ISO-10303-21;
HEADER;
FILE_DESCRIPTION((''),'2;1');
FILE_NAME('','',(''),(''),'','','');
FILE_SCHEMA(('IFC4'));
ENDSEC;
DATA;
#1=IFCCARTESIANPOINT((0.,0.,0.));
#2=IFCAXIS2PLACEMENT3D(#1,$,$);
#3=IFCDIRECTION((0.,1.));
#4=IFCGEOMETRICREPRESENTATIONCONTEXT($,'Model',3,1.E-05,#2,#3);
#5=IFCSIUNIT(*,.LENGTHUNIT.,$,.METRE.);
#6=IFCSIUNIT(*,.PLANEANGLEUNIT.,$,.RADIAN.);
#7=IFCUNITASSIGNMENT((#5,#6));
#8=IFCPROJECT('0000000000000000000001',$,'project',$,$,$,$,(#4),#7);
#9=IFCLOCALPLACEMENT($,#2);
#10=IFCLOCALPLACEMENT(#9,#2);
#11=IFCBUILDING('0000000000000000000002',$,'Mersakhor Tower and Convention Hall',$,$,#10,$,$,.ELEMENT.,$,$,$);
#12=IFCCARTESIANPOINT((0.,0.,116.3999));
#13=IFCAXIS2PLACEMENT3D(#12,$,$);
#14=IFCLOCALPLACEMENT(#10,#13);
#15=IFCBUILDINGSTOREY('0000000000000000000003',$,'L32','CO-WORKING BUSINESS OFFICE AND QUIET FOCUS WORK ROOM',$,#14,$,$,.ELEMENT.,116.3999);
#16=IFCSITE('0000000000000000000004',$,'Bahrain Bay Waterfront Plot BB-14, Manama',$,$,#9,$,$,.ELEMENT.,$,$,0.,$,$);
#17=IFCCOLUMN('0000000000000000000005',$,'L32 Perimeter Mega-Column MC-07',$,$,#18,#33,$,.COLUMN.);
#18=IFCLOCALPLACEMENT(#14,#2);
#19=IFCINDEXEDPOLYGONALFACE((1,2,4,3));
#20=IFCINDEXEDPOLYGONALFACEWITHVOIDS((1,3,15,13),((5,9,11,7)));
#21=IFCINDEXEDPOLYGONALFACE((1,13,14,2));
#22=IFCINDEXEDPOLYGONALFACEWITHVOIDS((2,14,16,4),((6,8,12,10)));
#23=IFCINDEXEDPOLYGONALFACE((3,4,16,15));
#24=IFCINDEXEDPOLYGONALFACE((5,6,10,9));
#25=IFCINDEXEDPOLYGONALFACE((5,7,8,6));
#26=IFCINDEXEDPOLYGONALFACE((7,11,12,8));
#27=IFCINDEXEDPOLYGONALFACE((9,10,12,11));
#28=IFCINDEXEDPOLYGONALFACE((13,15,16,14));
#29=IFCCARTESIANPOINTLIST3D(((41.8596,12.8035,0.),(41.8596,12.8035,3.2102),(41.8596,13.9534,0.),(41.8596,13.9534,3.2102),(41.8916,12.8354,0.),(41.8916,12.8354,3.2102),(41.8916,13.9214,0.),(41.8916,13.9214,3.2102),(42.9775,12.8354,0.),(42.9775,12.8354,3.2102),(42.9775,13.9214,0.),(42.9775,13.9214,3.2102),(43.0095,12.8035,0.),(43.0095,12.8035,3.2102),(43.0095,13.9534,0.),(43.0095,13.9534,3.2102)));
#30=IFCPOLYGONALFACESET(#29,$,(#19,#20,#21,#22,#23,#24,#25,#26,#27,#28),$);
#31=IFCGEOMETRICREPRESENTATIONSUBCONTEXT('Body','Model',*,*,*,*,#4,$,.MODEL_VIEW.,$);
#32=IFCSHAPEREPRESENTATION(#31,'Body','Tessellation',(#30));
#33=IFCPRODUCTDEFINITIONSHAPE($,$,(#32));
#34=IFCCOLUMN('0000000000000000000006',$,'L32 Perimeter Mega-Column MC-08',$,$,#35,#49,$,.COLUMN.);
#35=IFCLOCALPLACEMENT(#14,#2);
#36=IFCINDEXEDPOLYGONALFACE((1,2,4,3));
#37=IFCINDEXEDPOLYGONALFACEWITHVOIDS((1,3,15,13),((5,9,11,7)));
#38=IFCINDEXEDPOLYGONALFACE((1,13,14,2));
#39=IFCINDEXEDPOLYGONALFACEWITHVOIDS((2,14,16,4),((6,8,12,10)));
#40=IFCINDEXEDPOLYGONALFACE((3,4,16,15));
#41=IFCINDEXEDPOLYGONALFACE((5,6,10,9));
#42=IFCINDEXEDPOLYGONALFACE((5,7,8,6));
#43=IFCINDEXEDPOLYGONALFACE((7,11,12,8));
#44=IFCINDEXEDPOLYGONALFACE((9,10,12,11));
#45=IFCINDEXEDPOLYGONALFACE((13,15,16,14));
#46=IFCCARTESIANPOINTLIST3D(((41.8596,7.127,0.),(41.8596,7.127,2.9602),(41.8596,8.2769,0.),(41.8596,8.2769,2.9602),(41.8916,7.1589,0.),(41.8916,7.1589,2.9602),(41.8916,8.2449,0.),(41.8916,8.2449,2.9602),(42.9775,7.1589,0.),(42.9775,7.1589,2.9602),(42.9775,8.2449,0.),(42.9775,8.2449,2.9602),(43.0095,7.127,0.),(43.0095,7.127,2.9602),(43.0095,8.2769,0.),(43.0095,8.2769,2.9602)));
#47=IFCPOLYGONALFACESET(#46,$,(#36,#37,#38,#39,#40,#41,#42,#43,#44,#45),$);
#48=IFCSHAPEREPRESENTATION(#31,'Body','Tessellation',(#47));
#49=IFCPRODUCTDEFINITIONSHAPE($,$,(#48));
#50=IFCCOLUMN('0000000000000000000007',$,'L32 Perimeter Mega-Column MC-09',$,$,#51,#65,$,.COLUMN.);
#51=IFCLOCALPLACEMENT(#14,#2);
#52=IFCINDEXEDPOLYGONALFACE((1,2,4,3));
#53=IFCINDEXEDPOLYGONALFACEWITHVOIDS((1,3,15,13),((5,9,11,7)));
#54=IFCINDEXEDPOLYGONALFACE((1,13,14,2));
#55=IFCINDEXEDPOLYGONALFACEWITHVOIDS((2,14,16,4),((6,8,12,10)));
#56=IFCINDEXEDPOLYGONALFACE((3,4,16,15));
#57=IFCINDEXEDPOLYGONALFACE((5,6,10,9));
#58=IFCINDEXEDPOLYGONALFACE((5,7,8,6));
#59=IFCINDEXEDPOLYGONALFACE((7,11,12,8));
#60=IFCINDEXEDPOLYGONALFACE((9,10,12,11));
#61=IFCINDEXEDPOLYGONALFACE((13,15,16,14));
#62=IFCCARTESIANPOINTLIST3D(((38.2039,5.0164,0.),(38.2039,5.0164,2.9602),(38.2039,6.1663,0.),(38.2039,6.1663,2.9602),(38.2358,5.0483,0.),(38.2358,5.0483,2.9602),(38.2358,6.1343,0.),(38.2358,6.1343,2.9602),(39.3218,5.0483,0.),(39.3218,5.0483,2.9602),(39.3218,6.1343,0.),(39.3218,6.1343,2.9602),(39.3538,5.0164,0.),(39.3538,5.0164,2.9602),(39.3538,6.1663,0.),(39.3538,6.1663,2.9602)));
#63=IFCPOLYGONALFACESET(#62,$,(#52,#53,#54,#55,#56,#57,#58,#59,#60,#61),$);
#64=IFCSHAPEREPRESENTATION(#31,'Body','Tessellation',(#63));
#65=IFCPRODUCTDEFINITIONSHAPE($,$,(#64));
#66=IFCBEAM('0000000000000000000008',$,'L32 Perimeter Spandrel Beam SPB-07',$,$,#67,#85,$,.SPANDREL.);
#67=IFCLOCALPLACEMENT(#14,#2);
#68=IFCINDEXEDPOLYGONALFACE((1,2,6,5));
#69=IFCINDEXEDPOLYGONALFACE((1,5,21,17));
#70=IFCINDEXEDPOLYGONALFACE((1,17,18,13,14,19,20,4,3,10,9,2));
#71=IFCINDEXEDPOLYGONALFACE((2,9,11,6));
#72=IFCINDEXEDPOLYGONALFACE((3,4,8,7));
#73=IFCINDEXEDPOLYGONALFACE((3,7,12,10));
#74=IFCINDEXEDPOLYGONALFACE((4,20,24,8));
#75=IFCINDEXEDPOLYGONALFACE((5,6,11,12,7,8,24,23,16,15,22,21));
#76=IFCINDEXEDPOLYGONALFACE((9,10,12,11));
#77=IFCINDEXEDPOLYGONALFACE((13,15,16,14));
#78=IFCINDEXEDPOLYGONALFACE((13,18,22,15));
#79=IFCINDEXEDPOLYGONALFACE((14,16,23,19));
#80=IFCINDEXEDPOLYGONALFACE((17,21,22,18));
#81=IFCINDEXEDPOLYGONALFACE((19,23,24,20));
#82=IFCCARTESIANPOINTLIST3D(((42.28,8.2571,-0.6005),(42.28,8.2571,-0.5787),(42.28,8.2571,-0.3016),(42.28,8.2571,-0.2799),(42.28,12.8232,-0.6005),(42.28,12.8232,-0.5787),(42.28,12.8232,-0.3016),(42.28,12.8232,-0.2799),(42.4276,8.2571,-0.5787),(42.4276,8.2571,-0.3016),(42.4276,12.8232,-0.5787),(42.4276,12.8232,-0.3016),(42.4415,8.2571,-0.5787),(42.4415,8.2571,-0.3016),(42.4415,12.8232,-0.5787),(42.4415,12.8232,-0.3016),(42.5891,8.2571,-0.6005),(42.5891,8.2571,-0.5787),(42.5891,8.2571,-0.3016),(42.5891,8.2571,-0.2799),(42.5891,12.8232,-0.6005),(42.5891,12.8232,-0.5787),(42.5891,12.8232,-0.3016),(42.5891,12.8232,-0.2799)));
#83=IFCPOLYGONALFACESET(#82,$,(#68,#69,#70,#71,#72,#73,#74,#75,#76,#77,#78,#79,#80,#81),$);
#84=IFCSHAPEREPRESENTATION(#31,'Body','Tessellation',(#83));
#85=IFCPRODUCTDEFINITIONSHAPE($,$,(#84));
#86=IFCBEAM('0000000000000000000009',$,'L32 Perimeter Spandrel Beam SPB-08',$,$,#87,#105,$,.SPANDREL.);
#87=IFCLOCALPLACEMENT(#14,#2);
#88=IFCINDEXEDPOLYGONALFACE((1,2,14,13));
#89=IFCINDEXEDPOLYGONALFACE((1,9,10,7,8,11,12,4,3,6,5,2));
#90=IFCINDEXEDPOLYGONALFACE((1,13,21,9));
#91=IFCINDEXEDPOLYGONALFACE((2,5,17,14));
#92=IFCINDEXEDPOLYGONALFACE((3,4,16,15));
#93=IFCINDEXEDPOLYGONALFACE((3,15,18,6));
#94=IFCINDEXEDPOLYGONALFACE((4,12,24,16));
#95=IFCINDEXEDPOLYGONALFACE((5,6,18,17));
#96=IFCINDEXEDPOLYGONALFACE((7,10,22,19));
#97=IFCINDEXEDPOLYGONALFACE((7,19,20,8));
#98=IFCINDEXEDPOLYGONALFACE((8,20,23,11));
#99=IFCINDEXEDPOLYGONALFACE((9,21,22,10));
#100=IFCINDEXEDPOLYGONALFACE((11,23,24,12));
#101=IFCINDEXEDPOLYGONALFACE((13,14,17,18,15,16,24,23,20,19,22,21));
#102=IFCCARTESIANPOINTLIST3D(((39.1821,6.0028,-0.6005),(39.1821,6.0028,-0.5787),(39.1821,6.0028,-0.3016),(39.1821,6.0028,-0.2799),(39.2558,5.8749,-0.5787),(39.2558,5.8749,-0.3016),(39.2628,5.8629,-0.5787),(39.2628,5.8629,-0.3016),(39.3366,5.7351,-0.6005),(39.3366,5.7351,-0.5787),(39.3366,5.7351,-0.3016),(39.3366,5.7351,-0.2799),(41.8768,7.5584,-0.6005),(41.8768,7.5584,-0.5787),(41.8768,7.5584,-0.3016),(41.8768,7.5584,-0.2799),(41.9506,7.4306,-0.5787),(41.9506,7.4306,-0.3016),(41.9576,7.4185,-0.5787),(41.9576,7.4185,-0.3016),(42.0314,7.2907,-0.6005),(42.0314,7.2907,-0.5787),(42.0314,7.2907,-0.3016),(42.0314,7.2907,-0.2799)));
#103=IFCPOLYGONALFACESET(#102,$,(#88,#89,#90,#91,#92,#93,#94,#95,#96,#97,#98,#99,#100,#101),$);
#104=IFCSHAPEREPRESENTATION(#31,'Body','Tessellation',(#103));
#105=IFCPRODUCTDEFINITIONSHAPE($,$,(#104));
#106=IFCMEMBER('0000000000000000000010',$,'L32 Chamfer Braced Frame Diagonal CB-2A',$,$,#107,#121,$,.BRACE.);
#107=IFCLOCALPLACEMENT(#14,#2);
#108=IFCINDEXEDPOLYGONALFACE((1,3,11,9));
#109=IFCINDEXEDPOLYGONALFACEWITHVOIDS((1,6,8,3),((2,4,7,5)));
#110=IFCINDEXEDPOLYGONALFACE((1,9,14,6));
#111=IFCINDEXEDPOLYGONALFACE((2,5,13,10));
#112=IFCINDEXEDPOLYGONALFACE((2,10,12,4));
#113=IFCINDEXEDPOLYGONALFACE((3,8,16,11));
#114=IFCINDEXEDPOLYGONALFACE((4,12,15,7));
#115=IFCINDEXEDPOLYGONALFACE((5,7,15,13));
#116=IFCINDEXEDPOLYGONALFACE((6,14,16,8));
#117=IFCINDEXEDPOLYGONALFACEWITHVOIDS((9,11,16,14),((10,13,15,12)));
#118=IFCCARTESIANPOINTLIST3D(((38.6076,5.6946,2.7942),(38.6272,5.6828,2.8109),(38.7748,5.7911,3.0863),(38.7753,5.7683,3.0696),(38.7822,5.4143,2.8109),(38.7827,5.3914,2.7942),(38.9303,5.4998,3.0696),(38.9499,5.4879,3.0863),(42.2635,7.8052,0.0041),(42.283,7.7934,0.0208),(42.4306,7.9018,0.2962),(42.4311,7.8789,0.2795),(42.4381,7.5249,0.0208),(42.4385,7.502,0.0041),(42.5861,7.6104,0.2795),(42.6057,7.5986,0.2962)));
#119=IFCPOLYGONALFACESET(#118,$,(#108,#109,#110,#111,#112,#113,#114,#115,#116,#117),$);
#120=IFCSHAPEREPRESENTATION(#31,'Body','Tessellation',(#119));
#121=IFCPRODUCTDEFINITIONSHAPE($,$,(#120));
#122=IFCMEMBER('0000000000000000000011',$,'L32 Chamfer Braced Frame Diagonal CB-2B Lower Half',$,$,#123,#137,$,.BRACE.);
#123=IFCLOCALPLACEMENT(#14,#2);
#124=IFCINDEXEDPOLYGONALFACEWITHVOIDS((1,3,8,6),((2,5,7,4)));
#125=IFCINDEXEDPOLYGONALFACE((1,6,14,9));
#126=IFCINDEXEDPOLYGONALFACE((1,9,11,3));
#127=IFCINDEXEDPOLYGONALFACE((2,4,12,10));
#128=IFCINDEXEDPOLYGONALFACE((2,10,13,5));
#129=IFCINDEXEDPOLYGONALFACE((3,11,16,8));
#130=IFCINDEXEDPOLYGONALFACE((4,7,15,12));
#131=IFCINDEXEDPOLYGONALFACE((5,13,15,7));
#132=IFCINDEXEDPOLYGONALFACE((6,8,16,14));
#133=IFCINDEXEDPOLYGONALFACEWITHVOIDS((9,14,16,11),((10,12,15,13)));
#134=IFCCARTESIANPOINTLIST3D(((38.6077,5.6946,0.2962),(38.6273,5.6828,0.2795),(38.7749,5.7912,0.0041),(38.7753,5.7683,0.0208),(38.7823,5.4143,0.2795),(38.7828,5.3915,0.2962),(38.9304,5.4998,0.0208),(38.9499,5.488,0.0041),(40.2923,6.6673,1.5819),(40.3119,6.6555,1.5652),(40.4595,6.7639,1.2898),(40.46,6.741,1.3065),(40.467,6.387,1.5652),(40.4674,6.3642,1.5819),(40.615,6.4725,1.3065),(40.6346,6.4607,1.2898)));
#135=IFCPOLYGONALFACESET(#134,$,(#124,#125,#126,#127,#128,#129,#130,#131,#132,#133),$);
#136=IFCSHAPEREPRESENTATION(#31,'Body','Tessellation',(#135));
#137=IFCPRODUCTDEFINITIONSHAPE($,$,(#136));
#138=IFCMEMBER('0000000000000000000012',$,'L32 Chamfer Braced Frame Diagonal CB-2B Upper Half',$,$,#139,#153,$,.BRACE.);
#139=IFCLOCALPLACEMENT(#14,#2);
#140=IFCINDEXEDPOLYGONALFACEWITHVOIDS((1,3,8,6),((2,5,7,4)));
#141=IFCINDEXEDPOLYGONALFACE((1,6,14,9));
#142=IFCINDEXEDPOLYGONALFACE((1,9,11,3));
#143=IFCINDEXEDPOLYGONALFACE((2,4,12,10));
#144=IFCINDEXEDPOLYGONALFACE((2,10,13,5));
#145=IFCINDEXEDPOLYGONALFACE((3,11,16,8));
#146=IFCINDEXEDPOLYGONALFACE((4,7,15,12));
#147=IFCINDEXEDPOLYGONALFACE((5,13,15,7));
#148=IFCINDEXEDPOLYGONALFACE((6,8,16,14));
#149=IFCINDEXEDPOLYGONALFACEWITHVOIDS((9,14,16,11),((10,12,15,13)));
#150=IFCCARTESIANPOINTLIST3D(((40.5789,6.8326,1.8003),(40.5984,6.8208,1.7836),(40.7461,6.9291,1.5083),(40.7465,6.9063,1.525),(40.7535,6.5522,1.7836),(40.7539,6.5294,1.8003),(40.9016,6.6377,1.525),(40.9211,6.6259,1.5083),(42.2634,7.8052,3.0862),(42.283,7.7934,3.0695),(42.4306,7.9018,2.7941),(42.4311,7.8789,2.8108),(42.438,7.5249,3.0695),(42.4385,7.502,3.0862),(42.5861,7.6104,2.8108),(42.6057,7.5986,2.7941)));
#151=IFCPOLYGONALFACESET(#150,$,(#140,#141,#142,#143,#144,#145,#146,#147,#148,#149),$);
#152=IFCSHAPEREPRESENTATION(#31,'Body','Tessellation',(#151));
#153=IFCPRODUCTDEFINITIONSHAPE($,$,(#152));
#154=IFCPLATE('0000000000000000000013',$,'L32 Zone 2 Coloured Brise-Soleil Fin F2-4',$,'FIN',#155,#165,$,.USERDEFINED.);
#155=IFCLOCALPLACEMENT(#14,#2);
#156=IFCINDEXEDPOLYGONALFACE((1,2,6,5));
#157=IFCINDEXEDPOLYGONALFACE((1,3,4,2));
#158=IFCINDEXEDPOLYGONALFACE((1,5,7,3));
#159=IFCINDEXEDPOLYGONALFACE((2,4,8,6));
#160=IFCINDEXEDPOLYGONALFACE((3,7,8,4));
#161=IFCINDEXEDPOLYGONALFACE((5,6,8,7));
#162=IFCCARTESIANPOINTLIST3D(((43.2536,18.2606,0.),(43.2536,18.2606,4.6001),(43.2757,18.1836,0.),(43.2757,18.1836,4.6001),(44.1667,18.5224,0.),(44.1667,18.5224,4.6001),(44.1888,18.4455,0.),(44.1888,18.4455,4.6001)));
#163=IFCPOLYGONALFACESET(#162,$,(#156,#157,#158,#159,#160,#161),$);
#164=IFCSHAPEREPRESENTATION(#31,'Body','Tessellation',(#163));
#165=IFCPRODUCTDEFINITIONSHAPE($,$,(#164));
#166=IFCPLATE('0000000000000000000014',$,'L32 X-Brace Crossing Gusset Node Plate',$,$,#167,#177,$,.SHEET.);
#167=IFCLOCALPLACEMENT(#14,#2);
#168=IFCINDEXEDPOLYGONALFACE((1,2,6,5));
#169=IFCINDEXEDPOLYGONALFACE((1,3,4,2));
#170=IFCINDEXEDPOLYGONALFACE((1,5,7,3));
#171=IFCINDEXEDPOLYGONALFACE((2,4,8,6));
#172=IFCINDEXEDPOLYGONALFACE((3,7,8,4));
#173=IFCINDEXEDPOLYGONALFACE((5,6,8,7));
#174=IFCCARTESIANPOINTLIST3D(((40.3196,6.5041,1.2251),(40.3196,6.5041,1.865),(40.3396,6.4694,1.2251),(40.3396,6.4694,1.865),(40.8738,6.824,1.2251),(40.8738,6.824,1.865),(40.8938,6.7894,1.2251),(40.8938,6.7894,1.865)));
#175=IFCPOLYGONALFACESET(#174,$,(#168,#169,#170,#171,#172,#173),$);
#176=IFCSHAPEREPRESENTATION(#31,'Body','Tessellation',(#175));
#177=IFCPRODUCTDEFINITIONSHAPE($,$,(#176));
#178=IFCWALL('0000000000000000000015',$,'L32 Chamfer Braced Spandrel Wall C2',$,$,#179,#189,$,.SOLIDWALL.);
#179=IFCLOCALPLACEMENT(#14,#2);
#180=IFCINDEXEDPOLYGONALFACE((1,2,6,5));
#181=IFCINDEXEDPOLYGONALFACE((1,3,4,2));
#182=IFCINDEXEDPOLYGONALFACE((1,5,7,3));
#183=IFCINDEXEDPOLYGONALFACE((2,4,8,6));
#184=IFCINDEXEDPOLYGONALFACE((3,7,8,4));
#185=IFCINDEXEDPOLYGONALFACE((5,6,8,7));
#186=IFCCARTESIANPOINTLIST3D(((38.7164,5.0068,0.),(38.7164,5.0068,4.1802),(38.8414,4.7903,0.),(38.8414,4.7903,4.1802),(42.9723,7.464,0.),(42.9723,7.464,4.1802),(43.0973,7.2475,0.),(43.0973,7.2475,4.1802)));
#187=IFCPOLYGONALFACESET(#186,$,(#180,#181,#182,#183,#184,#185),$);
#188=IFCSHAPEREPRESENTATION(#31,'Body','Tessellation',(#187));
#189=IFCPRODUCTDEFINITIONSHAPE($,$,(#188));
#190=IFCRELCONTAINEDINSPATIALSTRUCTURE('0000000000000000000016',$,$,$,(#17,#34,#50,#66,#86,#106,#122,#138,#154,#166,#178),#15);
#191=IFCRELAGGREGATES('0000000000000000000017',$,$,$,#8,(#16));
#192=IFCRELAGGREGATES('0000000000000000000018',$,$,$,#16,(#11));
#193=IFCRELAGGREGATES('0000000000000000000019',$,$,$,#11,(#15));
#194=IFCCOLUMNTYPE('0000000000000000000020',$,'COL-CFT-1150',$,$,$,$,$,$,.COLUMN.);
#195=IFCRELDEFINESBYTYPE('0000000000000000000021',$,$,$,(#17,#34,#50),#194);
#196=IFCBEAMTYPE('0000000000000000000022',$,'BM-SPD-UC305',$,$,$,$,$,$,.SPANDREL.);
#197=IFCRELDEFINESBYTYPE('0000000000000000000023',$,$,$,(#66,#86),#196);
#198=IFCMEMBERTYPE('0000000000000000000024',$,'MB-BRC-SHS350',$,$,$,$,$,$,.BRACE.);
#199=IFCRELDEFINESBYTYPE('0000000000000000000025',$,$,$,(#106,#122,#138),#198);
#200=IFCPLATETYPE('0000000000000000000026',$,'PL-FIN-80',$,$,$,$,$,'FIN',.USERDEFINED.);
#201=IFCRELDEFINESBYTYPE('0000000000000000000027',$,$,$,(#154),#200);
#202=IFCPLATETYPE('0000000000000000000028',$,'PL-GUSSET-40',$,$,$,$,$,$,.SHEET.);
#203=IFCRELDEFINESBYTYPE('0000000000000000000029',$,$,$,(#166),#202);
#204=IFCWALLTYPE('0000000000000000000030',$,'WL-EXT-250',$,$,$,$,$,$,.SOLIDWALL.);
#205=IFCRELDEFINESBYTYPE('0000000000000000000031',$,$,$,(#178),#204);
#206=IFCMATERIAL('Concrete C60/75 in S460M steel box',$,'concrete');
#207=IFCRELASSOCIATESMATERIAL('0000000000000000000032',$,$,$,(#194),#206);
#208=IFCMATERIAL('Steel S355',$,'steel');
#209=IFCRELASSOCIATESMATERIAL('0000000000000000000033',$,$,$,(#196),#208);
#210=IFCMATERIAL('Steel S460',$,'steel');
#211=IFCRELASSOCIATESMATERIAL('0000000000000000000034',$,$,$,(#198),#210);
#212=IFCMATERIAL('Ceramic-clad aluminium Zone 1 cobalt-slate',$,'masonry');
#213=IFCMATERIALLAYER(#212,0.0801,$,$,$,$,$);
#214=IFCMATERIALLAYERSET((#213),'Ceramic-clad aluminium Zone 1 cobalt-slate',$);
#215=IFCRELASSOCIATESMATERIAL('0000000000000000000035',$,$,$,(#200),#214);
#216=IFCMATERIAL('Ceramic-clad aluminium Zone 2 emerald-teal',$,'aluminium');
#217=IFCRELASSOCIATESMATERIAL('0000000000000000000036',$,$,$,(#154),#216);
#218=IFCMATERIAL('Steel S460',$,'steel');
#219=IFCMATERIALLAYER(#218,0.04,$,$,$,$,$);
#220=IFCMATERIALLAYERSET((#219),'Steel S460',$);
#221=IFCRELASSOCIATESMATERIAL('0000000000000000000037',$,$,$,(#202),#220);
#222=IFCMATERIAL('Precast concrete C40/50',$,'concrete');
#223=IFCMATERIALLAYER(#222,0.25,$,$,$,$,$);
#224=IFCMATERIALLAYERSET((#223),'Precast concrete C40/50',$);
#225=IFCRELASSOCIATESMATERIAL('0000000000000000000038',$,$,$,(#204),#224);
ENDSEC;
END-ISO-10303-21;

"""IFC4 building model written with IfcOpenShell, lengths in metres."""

from ifc_helpers import new_model, si_unit, direction, frame, frame_2d, origin, origin_2d, place, context, subcontext, project, spatial, rectangle, hollow_rectangle, i_section, extrude, material, layer, layer_set, material_profile, profile_set, type_object, element, save


model = new_model("IFC4")

# Units and contexts
model_context = context("Model", 3, precision=1e-05, world=origin(), true_north=direction((0.0, 1.0)))
body_context = subcontext(model_context, "Body", "Model", "MODEL_VIEW")
ifc_project = project(units=[si_unit("LENGTHUNIT", "METRE"), si_unit("PLANEANGLEUNIT", "RADIAN")], contexts=[model_context])

# Site, building, storey
site_placement = place(None, origin())
site = spatial("IfcSite", under=ifc_project, at=site_placement, Name="Bahrain Bay Waterfront Plot BB-14, Manama", CompositionType="ELEMENT", RefElevation=0.0)
building_placement = place(site_placement, origin())
building = spatial("IfcBuilding", under=site, at=building_placement, Name="Mersakhor Tower and Convention Hall", CompositionType="ELEMENT")
storey_placement = place(building_placement, frame((0.0, 0.0, 116.3999)))
storey = spatial("IfcBuildingStorey", under=building, at=storey_placement, Name="L32", Description="CO-WORKING BUSINESS OFFICE AND QUIET FOCUS WORK ROOM", CompositionType="ELEMENT", Elevation=116.3999)

# Columns
ifc_material_1 = material(Name="Concrete C60/75 in S460M steel box", Category="concrete")
ifc_material_profile_1 = material_profile(ifc_material_1, hollow_rectangle(XDim=1.1499, YDim=1.1499, WallThickness=0.032, at=origin_2d()), Name="SHS 1150x1150x32")
ifc_profile_set_1 = profile_set([ifc_material_profile_1], Name="Concrete C60/75 in S460M steel box")
column_type = type_object("IfcColumnType", Name="COL-CFT-1150", PredefinedType="COLUMN", material=ifc_profile_set_1)
column_placement = place(storey_placement, frame((42.4346, 13.3784, 0.0), z_axis=(0.0, 0.0, 1.0), x_axis=(1.0, 0.0, 0.0)))
element("IfcColumn", 1, at=column_placement, inside=storey, type_object=column_type, Name="L32 Perimeter Mega-Column MC-07", PredefinedType="COLUMN", context=body_context, shape_type="SweptSolid", body=[
    extrude(hollow_rectangle(XDim=1.1499, YDim=1.1499, WallThickness=0.032, at=origin_2d()), origin(), (0.0, 0.0, 1.0), 3.2102),
])
for number, where, z_axis, x_axis, name in (
    (2, (42.4346, 7.7019, 0.0), (0.0, 0.0, 1.0), (1.0, 0.0, 0.0), "L32 Perimeter Mega-Column MC-08"),
    (3, (38.7788, 5.5913, 0.0), (0.0, 0.0, 1.0), (1.0, 0.0, 0.0), "L32 Perimeter Mega-Column MC-09"),
):
    element("IfcColumn", number, at=place(storey_placement, frame(where, z_axis=z_axis, x_axis=x_axis)), inside=storey, type_object=column_type, Name=name, PredefinedType="COLUMN", context=body_context, shape_type="SweptSolid", body=[
        extrude(hollow_rectangle(XDim=1.1499, YDim=1.1499, WallThickness=0.032, at=origin_2d()), origin(), (0.0, 0.0, 1.0), 2.9602),
    ])

# Beams
ifc_material_2 = material(Name="Steel S355", Category="steel")
ifc_material_profile_2 = material_profile(ifc_material_2, i_section(OverallWidth=0.3091, OverallDepth=0.3206, WebThickness=0.0139, FlangeThickness=0.0217, at=origin_2d()), Name="UC 305x305x137")
ifc_profile_set_2 = profile_set([ifc_material_profile_2], Name="Steel S355")
beam_type = type_object("IfcBeamType", Name="BM-SPD-UC305", PredefinedType="SPANDREL", material=ifc_profile_set_2)
beam_1_placement = place(storey_placement, frame((42.4346, 12.8232, -0.4402), z_axis=(0.0, -1.0, 0.0), x_axis=(1.0, 0.0, 0.0)))
element("IfcBeam", 4, at=beam_1_placement, inside=storey, type_object=beam_type, Name="L32 Perimeter Spandrel Beam SPB-07", PredefinedType="SPANDREL", context=body_context, shape_type="SweptSolid", body=[
    extrude(i_section(OverallWidth=0.3091, OverallDepth=0.3206, WebThickness=0.0139, FlangeThickness=0.0217, at=origin_2d()), origin(), (0.0, 0.0, 1.0), 4.5662),
])
beam_2_placement = place(storey_placement, frame((41.9541, 7.4246, -0.4402), z_axis=(-0.866052, -0.499953, 0.0), x_axis=(0.499953, -0.866052, 0.0)))
element("IfcBeam", 5, at=beam_2_placement, inside=storey, type_object=beam_type, Name="L32 Perimeter Spandrel Beam SPB-08", PredefinedType="SPANDREL", context=body_context, shape_type="SweptSolid", body=[
    extrude(i_section(OverallWidth=0.3091, OverallDepth=0.3206, WebThickness=0.0139, FlangeThickness=0.0217, at=origin_2d()), origin(), (0.0, 0.0, 1.0), 3.1116),
])

# Members
ifc_material_3 = material(Name="Steel S460", Category="steel")
ifc_material_profile_3 = material_profile(ifc_material_3, hollow_rectangle(XDim=0.3501, YDim=0.3501, WallThickness=0.02, at=origin_2d()), Name="SHS 350x350x20")
ifc_profile_set_3 = profile_set([ifc_material_profile_3], Name="Steel S460")
member_type = type_object("IfcMemberType", Name="MB-BRC-SHS350", PredefinedType="BRACE", material=ifc_profile_set_3)
member_placement = place(storey_placement, frame((42.4346, 7.7019, 0.1501), z_axis=(-0.722484, -0.417114, 0.551392), x_axis=(0.499989, -0.866031, 0.0)))
element("IfcMember", 6, at=member_placement, inside=storey, type_object=member_type, Name="L32 Chamfer Braced Frame Diagonal CB-2A", PredefinedType="BRACE", context=body_context, shape_type="SweptSolid", body=[
    extrude(hollow_rectangle(XDim=0.3501, YDim=0.3501, WallThickness=0.02, at=origin_2d()), origin(), (0.0, 0.0, 1.0), 5.0601),
])
for number, where, z_axis, x_axis, name in (
    (7, (38.7788, 5.5913, 0.1501), (0.722471, 0.417149, 0.551382), (-0.500027, 0.86601, 0.0), "L32 Chamfer Braced Frame Diagonal CB-2B Lower Half"),
    (8, (40.75, 6.7292, 1.6543), (0.72243, 0.417125, 0.551455), (-0.500027, 0.86601, 0.0), "L32 Chamfer Braced Frame Diagonal CB-2B Upper Half"),
):
    element("IfcMember", number, at=place(storey_placement, frame(where, z_axis=z_axis, x_axis=x_axis)), inside=storey, type_object=member_type, Name=name, PredefinedType="BRACE", context=body_context, shape_type="SweptSolid", body=[
        extrude(hollow_rectangle(XDim=0.3501, YDim=0.3501, WallThickness=0.02, at=origin_2d()), origin(), (0.0, 0.0, 1.0), 2.3318),
    ])

# Plates
ifc_material_4 = material(Name="Ceramic-clad aluminium Zone 2 emerald-teal", Category="aluminium")
ifc_material_5 = material(Name="Ceramic-clad aluminium Zone 1 cobalt-slate", Category="masonry")
ifc_layer_1 = layer(ifc_material_5, 0.0801)
ifc_layer_set_1 = layer_set([ifc_layer_1], Name="Ceramic-clad aluminium Zone 1 cobalt-slate")
plate_type_1 = type_object("IfcPlateType", Name="PL-FIN-80", ElementType="FIN", PredefinedType="USERDEFINED", material=ifc_layer_set_1)
plate_1_placement = place(storey_placement, frame((43.7212, 18.353, 0.0), z_axis=(0.0, 0.0, 1.0), x_axis=(0.961262, 0.275637, 0.0)))
element("IfcPlate", 9, at=plate_1_placement, inside=storey, type_object=plate_type_1, material=ifc_material_4, Name="L32 Zone 2 Coloured Brise-Soleil Fin F2-4", ObjectType="FIN", PredefinedType="USERDEFINED", context=body_context, shape_type="SweptSolid", body=[
    extrude(rectangle(XDim=0.95, YDim=0.0801, at=origin_2d()), origin(), (0.0, 0.0, 1.0), 4.6001),
])
ifc_material_6 = material(Name="Steel S460", Category="steel")
ifc_layer_2 = layer(ifc_material_6, 0.04)
ifc_layer_set_2 = layer_set([ifc_layer_2], Name="Steel S460")
plate_type_2 = type_object("IfcPlateType", Name="PL-GUSSET-40", PredefinedType="SHEET", material=ifc_layer_set_2)
plate_2_placement = place(storey_placement, frame((40.6067, 6.6467, 1.2251), z_axis=(0.0, 0.0, 1.0), x_axis=(0.866025, 0.5, 0.0)))
element("IfcPlate", 10, at=plate_2_placement, inside=storey, type_object=plate_type_2, Name="L32 X-Brace Crossing Gusset Node Plate", PredefinedType="SHEET", context=body_context, shape_type="SweptSolid", body=[
    extrude(rectangle(XDim=0.6399, YDim=0.04, at=origin_2d()), origin(), (0.0, 0.0, 1.0), 0.6399),
])

# Wall
ifc_material_7 = material(Name="Precast concrete C40/50", Category="concrete")
ifc_layer_3 = layer(ifc_material_7, 0.25)
ifc_layer_set_3 = layer_set([ifc_layer_3], Name="Precast concrete C40/50")
wall_type_1 = type_object("IfcWallType", Name="WL-EXT-250", PredefinedType="SOLIDWALL", material=ifc_layer_set_3)
wall_1_placement = place(storey_placement, frame((43.0347, 7.3557, 0.0), z_axis=(0.0, 0.0, 1.0), x_axis=(-0.866012, -0.500023, 0.0)))
element("IfcWall", 11, at=wall_1_placement, inside=storey, type_object=wall_type_1, Name="L32 Chamfer Braced Spandrel Wall C2", PredefinedType="SOLIDWALL", context=body_context, shape_type="SweptSolid", body=[
    extrude(rectangle(XDim=4.9143, YDim=0.25, at=frame_2d((2.457, 0.0))), origin(), (0.0, 0.0, 1.0), 4.1802),
])

save(model, "model.ifc")
